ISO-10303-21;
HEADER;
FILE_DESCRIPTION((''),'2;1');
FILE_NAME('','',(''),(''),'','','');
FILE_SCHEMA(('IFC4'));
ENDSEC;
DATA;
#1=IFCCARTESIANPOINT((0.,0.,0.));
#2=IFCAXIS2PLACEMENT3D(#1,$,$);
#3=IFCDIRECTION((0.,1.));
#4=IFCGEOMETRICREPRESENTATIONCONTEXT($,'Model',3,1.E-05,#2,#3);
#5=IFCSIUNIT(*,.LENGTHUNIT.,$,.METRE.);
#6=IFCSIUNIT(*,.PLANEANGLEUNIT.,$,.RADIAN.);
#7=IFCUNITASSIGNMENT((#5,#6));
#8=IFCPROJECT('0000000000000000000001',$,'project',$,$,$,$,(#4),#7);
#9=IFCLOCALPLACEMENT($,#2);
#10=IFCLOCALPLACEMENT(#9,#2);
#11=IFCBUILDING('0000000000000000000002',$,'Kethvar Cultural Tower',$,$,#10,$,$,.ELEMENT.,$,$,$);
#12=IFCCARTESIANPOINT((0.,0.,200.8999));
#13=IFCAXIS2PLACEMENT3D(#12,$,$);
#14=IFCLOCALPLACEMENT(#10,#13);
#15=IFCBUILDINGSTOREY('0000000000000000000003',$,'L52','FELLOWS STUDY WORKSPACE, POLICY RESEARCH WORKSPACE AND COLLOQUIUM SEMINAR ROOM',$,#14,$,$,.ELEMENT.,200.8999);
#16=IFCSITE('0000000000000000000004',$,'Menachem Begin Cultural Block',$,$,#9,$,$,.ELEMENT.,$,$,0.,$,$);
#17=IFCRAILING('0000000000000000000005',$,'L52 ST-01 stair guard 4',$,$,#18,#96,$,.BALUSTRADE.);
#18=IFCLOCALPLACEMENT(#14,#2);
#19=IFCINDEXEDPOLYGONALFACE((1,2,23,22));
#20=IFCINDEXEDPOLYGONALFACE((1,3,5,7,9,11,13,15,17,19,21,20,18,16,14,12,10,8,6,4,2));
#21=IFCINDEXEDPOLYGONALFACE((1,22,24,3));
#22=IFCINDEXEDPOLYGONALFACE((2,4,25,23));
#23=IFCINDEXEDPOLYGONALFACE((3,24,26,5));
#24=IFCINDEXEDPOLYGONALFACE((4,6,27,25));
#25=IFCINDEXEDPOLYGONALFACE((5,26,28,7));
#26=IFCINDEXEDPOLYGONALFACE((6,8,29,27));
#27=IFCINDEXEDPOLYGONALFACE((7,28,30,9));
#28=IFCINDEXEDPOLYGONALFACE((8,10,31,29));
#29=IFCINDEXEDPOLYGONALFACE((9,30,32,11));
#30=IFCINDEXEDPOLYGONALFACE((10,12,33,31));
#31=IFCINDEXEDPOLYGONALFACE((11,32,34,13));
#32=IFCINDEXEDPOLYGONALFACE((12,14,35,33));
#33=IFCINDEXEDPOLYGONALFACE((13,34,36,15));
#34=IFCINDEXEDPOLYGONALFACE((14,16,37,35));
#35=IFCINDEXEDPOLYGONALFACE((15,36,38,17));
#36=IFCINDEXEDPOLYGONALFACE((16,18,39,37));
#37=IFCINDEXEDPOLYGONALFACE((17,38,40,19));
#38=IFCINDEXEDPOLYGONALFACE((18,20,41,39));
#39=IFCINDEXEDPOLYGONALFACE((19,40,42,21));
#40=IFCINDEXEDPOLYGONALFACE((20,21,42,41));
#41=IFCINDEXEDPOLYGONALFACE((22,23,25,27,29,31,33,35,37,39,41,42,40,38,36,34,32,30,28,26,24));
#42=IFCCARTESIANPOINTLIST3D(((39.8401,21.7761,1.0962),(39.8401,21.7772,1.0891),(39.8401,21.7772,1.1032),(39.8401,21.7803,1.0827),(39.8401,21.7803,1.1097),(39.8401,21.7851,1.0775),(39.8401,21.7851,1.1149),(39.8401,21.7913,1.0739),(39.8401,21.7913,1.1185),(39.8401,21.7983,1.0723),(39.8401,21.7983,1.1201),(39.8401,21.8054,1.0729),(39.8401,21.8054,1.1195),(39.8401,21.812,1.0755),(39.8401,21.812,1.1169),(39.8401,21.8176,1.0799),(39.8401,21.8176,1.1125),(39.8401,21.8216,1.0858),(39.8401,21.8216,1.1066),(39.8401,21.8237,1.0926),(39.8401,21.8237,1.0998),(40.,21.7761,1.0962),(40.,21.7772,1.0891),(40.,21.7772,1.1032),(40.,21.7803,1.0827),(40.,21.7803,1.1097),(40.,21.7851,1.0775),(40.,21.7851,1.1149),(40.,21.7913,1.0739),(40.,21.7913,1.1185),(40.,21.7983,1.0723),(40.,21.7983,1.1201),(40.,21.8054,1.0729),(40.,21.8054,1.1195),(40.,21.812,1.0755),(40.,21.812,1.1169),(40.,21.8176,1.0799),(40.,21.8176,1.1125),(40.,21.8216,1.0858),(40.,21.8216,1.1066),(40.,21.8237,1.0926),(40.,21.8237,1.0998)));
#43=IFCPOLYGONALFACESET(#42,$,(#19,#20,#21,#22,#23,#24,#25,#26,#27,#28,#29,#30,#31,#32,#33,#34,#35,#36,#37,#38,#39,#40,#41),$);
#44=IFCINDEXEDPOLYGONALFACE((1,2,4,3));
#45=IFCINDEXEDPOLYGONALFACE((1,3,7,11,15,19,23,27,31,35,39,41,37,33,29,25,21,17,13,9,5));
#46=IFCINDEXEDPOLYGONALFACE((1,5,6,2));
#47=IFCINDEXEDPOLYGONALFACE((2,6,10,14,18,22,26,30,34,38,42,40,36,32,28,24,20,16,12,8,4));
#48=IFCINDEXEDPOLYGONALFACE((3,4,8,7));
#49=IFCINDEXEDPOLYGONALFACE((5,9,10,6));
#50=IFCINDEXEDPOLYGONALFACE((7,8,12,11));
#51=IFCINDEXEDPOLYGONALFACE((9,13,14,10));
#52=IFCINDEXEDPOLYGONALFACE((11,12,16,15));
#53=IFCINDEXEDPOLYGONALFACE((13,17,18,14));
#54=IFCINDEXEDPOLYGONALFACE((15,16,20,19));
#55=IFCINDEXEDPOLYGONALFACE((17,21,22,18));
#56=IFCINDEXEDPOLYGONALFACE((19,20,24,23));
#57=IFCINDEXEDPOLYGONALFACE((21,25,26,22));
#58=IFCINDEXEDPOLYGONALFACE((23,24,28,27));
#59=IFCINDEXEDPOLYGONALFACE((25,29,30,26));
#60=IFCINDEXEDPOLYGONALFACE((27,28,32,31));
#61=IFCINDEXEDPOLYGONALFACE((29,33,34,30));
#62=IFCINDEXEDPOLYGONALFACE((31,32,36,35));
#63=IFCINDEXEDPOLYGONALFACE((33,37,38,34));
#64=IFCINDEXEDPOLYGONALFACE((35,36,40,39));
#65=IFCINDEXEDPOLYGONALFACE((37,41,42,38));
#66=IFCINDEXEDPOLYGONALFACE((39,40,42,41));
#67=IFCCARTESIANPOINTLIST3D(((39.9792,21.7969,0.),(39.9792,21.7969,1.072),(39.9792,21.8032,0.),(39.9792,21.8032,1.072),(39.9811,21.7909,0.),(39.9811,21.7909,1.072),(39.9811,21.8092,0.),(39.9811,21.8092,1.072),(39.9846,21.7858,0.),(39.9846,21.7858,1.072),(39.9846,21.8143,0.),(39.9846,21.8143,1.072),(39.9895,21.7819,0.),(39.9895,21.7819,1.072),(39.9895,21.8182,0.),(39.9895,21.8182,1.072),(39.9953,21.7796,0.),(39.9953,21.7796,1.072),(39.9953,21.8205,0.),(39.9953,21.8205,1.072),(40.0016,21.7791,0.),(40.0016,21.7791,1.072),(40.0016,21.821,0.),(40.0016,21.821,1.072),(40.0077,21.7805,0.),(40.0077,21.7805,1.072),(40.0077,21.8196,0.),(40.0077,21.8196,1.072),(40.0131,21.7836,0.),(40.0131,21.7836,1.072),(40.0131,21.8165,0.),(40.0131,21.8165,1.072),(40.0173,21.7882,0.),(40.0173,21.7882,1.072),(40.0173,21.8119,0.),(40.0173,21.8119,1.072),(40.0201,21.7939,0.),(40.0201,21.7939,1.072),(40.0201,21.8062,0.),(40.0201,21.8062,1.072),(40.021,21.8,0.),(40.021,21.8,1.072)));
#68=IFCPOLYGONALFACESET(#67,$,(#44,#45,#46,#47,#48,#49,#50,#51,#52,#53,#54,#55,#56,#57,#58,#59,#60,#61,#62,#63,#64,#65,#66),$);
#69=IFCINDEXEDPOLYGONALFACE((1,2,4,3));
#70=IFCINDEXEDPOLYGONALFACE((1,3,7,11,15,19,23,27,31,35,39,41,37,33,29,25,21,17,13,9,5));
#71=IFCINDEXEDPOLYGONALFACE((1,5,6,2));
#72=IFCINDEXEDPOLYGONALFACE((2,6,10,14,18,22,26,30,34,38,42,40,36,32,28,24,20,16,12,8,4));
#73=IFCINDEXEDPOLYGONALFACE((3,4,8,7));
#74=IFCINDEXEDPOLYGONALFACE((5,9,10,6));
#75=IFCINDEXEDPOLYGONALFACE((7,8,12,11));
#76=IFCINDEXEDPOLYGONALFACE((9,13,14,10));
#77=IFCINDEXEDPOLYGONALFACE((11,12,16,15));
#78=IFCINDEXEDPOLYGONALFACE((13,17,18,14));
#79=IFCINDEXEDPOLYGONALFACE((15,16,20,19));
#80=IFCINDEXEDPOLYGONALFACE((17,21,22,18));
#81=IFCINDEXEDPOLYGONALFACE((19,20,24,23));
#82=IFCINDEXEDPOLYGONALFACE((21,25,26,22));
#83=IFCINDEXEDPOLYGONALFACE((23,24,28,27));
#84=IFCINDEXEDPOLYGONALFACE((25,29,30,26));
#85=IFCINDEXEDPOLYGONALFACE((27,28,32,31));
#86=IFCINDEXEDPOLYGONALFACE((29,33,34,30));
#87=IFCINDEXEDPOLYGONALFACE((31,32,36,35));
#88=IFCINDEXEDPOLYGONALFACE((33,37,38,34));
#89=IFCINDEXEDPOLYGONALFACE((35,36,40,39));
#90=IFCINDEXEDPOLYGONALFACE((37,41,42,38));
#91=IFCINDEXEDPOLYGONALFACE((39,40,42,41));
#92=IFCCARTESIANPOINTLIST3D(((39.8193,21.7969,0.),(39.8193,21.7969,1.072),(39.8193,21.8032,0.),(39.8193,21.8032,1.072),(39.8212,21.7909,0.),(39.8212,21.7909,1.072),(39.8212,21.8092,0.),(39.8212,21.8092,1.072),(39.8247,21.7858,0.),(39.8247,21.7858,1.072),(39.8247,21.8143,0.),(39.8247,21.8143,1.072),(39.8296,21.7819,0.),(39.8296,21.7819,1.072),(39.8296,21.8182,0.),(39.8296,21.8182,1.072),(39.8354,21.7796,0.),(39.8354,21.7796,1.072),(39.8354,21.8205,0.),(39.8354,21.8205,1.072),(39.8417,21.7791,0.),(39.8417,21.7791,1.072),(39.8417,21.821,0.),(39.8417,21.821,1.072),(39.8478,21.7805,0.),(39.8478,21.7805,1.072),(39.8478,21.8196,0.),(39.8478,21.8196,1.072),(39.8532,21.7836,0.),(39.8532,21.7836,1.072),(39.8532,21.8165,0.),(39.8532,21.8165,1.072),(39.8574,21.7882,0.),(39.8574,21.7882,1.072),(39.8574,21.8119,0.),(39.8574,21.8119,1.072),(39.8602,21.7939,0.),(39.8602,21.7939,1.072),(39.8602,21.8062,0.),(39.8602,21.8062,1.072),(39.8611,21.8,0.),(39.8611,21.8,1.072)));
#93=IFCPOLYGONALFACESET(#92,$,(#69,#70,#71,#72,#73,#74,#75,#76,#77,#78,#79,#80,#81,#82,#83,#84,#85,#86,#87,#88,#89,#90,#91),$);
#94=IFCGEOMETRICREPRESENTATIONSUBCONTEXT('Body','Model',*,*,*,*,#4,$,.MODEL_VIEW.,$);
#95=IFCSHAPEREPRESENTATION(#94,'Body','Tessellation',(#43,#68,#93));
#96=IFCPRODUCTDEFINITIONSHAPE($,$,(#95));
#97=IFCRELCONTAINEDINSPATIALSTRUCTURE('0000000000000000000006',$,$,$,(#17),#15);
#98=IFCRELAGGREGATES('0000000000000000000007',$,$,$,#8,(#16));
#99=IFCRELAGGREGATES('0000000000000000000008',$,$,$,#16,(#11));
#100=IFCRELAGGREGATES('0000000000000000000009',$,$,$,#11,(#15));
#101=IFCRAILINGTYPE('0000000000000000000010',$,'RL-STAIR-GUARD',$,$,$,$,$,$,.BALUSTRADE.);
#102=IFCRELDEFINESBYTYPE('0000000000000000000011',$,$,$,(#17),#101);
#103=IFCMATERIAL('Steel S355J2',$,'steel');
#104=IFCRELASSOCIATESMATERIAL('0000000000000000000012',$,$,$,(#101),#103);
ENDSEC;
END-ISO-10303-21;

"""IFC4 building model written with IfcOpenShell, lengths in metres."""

from ifc_helpers import new_model, si_unit, direction, frame, origin, origin_2d, place, context, subcontext, project, spatial, circle, extrude, material, type_object, element, save


model = new_model("IFC4")

# Units and contexts
model_context = context("Model", 3, precision=1e-05, world=origin(), true_north=direction((0.0, 1.0)))
body_context = subcontext(model_context, "Body", "Model", "MODEL_VIEW")
ifc_project = project(units=[si_unit("LENGTHUNIT", "METRE"), si_unit("PLANEANGLEUNIT", "RADIAN")], contexts=[model_context])

# Site, building, storey
site_placement = place(None, origin())
site = spatial("IfcSite", under=ifc_project, at=site_placement, Name="Menachem Begin Cultural Block", CompositionType="ELEMENT", RefElevation=0.0)
building_placement = place(site_placement, origin())
building = spatial("IfcBuilding", under=site, at=building_placement, Name="Kethvar Cultural Tower", CompositionType="ELEMENT")
storey_placement = place(building_placement, frame((0.0, 0.0, 200.8999)))
storey = spatial("IfcBuildingStorey", under=building, at=storey_placement, Name="L52", Description="FELLOWS STUDY WORKSPACE, POLICY RESEARCH WORKSPACE AND COLLOQUIUM SEMINAR ROOM", CompositionType="ELEMENT", Elevation=200.8999)

# Shared definitions
ifc_material_1 = material(Name="Steel S355J2", Category="steel")

# Railing
railing_type_1 = type_object("IfcRailingType", Name="RL-STAIR-GUARD", PredefinedType="BALUSTRADE", material=ifc_material_1)
railing_1_placement = place(storey_placement, frame((40.0, 21.8, 0.0)))
element("IfcRailing", 1, at=railing_1_placement, inside=storey, type_object=railing_type_1, Name="L52 ST-01 stair guard 4", PredefinedType="BALUSTRADE", context=body_context, shape_type="SweptSolid", body=[
    extrude(circle(Radius=0.0239, at=origin_2d()), frame((0.0, 0.0, 1.0962), z_axis=(-1.0, 0.0, 0.0), x_axis=(0.0, -1.0, 0.0)), (0.0, 0.0, 1.0), 0.1599),
    extrude(circle(Radius=0.021, at=origin_2d()), origin(), (0.0, 0.0, 1.0), 1.072),
    extrude(circle(Radius=0.021, at=origin_2d()), frame((-0.1599, 0.0, 0.0)), (0.0, 0.0, 1.0), 1.072),
])

save(model, "model.ifc")
